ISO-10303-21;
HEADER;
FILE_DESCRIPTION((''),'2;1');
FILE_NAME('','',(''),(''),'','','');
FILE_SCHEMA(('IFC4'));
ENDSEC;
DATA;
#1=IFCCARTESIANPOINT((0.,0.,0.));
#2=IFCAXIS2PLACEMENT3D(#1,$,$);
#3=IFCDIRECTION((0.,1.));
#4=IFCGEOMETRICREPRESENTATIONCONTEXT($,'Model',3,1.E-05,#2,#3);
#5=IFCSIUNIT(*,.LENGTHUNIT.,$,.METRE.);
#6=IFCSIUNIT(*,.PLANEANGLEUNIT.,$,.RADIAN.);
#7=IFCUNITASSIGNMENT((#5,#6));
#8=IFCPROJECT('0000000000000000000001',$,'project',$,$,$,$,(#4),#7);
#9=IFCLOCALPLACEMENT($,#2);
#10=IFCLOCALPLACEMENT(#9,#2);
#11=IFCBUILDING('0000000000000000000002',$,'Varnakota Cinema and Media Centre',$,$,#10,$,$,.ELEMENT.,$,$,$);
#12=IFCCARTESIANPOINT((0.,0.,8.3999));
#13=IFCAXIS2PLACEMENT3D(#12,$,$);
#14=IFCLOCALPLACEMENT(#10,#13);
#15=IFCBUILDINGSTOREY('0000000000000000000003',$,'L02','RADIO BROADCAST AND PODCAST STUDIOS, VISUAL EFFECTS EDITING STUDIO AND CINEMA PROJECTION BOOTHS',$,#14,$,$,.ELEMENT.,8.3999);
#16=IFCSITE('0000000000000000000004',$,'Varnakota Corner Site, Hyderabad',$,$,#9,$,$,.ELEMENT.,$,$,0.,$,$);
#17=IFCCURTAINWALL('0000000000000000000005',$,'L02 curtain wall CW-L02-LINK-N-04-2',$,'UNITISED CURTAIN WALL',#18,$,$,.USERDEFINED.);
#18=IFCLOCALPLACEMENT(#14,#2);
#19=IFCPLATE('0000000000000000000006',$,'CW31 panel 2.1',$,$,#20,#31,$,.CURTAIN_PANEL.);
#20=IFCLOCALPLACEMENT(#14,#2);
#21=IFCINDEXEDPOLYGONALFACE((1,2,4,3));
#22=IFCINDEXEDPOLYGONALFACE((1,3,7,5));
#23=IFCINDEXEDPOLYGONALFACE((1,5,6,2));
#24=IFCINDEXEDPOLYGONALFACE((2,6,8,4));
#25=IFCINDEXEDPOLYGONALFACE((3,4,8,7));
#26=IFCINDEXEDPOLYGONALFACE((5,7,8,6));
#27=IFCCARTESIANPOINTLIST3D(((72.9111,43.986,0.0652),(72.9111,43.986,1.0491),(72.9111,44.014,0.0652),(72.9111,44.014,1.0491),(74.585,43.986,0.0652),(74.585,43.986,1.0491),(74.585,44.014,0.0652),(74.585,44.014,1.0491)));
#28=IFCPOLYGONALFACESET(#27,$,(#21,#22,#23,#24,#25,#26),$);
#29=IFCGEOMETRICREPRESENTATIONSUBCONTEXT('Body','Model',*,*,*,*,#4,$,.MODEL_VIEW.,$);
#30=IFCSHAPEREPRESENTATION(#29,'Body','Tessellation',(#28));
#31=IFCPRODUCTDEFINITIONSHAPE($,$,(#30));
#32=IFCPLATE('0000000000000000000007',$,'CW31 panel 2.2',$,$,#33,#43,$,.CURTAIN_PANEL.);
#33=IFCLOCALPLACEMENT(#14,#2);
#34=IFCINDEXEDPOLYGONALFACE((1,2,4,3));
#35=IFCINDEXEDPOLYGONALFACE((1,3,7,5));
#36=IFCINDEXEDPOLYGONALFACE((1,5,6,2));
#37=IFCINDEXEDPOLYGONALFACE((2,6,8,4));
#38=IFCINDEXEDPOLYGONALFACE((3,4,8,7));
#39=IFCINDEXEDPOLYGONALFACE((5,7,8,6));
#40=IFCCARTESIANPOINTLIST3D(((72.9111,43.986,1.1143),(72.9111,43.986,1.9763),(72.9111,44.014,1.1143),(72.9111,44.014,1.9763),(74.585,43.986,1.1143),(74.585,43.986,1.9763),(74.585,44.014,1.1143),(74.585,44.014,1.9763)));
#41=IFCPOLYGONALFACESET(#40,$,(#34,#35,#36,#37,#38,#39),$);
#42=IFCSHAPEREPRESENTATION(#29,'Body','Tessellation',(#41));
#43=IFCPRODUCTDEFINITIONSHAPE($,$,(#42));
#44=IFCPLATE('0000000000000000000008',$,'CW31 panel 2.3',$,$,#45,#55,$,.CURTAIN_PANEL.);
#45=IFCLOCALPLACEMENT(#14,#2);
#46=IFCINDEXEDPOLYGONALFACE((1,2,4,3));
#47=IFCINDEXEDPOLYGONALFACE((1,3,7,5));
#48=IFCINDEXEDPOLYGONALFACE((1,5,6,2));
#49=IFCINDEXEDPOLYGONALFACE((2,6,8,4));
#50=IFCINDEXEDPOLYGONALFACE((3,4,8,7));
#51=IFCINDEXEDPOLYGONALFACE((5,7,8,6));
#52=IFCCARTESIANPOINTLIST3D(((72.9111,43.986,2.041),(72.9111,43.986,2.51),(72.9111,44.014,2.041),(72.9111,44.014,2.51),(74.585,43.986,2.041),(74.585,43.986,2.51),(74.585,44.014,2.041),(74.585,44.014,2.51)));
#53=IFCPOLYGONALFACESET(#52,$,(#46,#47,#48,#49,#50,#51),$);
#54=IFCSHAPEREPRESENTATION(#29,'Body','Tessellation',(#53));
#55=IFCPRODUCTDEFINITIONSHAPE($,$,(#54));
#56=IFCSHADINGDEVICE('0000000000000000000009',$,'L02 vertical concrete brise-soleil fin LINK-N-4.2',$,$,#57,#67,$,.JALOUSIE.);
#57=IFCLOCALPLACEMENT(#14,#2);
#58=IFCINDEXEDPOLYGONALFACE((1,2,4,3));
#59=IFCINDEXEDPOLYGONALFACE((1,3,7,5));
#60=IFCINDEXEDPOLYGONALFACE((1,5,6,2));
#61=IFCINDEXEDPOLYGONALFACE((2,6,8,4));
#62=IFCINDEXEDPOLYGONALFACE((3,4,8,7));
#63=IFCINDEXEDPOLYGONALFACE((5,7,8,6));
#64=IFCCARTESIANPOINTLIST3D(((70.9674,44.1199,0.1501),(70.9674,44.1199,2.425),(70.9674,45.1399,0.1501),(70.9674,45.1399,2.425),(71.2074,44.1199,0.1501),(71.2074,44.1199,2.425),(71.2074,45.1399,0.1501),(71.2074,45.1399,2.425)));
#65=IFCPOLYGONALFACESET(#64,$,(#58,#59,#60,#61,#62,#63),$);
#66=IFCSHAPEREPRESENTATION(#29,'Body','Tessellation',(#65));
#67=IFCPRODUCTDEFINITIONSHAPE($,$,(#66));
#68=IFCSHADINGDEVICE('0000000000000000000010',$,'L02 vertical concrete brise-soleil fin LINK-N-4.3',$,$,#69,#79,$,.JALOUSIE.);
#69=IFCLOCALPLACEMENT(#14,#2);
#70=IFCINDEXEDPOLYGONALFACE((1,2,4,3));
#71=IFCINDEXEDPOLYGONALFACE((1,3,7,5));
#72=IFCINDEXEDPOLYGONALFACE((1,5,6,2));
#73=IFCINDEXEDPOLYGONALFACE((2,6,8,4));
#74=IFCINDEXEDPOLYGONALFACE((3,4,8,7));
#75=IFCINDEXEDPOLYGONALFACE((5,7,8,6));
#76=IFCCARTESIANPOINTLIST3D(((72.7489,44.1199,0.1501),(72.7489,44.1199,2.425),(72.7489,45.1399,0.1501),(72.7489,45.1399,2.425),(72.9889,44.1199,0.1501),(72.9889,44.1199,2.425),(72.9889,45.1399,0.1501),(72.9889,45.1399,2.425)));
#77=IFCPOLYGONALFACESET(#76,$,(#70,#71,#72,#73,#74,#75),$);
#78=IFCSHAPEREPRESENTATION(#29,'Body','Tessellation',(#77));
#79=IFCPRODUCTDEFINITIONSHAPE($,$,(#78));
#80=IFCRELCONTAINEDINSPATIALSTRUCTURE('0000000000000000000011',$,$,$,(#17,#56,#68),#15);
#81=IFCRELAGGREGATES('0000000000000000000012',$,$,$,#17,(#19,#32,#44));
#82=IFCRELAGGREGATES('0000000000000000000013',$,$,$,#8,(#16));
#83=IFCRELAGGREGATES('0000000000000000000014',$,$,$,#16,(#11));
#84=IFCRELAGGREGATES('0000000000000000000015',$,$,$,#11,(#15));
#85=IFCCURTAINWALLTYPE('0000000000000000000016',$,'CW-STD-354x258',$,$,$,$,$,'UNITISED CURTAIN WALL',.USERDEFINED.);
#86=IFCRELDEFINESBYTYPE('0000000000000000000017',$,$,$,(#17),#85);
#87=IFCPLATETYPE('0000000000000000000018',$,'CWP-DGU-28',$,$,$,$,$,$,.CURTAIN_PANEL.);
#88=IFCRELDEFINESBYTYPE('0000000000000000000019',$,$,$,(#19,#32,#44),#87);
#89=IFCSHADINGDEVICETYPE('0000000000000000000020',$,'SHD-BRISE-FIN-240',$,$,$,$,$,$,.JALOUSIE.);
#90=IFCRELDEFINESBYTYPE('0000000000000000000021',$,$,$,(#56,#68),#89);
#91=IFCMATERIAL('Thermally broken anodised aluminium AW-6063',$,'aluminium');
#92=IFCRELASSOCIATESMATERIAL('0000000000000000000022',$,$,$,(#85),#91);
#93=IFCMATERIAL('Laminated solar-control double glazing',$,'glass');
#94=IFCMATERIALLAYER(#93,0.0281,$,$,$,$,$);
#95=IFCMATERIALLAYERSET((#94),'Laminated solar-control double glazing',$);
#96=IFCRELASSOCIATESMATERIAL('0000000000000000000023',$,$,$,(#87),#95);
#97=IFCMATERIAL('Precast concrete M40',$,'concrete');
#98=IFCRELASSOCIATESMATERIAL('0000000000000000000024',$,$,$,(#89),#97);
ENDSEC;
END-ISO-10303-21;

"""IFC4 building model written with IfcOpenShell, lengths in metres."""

from ifc_helpers import new_model, si_unit, direction, frame, origin, origin_2d, place, context, subcontext, project, spatial, rectangle, extrude, material, layer, layer_set, type_object, element, aggregate, save


model = new_model("IFC4")

# Units and contexts
model_context = context("Model", 3, precision=1e-05, world=origin(), true_north=direction((0.0, 1.0)))
body_context = subcontext(model_context, "Body", "Model", "MODEL_VIEW")
ifc_project = project(units=[si_unit("LENGTHUNIT", "METRE"), si_unit("PLANEANGLEUNIT", "RADIAN")], contexts=[model_context])

# Site, building, storey
site_placement = place(None, origin())
site = spatial("IfcSite", under=ifc_project, at=site_placement, Name="Varnakota Corner Site, Hyderabad", CompositionType="ELEMENT", RefElevation=0.0)
building_placement = place(site_placement, origin())
building = spatial("IfcBuilding", under=site, at=building_placement, Name="Varnakota Cinema and Media Centre", CompositionType="ELEMENT")
storey_placement = place(building_placement, frame((0.0, 0.0, 8.3999)))
storey = spatial("IfcBuildingStorey", under=building, at=storey_placement, Name="L02", Description="RADIO BROADCAST AND PODCAST STUDIOS, VISUAL EFFECTS EDITING STUDIO AND CINEMA PROJECTION BOOTHS", CompositionType="ELEMENT", Elevation=8.3999)

# Shared definitions
ifc_material_1 = material(Name="Thermally broken anodised aluminium AW-6063", Category="aluminium")
curtain_wall_type_1 = type_object("IfcCurtainWallType", Name="CW-STD-354x258", ElementType="UNITISED CURTAIN WALL", PredefinedType="USERDEFINED", material=ifc_material_1)

# Curtain wall
curtain_wall_1_placement = place(storey_placement, origin())
curtain_wall_1 = element("IfcCurtainWall", 1, at=curtain_wall_1_placement, inside=storey, type_object=curtain_wall_type_1, Name="L02 curtain wall CW-L02-LINK-N-04-2", ObjectType="UNITISED CURTAIN WALL", PredefinedType="USERDEFINED")

# Plates
ifc_material_2 = material(Name="Laminated solar-control double glazing", Category="glass")
ifc_layer = layer(ifc_material_2, 0.0281)
ifc_layer_set = layer_set([ifc_layer], Name="Laminated solar-control double glazing")
plate_type = type_object("IfcPlateType", Name="CWP-DGU-28", PredefinedType="CURTAIN_PANEL", material=ifc_layer_set)
plate_1_placement = place(storey_placement, frame((73.748, 44.0, 0.0652), z_axis=(0.0, 0.0, 1.0), x_axis=(1.0, 0.0, 0.0)))
plate_1 = element("IfcPlate", 2, at=plate_1_placement, type_object=plate_type, Name="CW31 panel 2.1", PredefinedType="CURTAIN_PANEL", context=body_context, shape_type="SweptSolid", body=[
    extrude(rectangle(XDim=1.6738, YDim=0.0281, at=origin_2d()), origin(), (0.0, 0.0, 1.0), 0.9839),
])
plate_2_placement = place(storey_placement, frame((73.748, 44.0, 1.1143), z_axis=(0.0, 0.0, 1.0), x_axis=(1.0, 0.0, 0.0)))
plate_2 = element("IfcPlate", 3, at=plate_2_placement, type_object=plate_type, Name="CW31 panel 2.2", PredefinedType="CURTAIN_PANEL", context=body_context, shape_type="SweptSolid", body=[
    extrude(rectangle(XDim=1.6738, YDim=0.0281, at=origin_2d()), origin(), (0.0, 0.0, 1.0), 0.8621),
])
plate_3_placement = place(storey_placement, frame((73.748, 44.0, 2.041), z_axis=(0.0, 0.0, 1.0), x_axis=(1.0, 0.0, 0.0)))
plate_3 = element("IfcPlate", 4, at=plate_3_placement, type_object=plate_type, Name="CW31 panel 2.3", PredefinedType="CURTAIN_PANEL", context=body_context, shape_type="SweptSolid", body=[
    extrude(rectangle(XDim=1.6738, YDim=0.0281, at=origin_2d()), origin(), (0.0, 0.0, 1.0), 0.469),
])
aggregate(curtain_wall_1, [plate_1, plate_2, plate_3])

# Shading devices
ifc_material_3 = material(Name="Precast concrete M40", Category="concrete")
shading_device_type = type_object("IfcShadingDeviceType", Name="SHD-BRISE-FIN-240", PredefinedType="JALOUSIE", material=ifc_material_3)
for number, where, z_axis, x_axis, name in (
    (5, (71.0874, 44.6299, 0.1501), (0.0, 0.0, 1.0), (1.0, 0.0, 0.0), "L02 vertical concrete brise-soleil fin LINK-N-4.2"),
    (6, (72.8689, 44.6299, 0.1501), (0.0, 0.0, 1.0), (1.0, 0.0, 0.0), "L02 vertical concrete brise-soleil fin LINK-N-4.3"),
):
    element("IfcShadingDevice", number, at=place(storey_placement, frame(where, z_axis=z_axis, x_axis=x_axis)), inside=storey, type_object=shading_device_type, Name=name, PredefinedType="JALOUSIE", context=body_context, shape_type="SweptSolid", body=[
        extrude(rectangle(XDim=0.24, YDim=1.02, at=origin_2d()), origin(), (0.0, 0.0, 1.0), 2.2749),
    ])

save(model, "model.ifc")
